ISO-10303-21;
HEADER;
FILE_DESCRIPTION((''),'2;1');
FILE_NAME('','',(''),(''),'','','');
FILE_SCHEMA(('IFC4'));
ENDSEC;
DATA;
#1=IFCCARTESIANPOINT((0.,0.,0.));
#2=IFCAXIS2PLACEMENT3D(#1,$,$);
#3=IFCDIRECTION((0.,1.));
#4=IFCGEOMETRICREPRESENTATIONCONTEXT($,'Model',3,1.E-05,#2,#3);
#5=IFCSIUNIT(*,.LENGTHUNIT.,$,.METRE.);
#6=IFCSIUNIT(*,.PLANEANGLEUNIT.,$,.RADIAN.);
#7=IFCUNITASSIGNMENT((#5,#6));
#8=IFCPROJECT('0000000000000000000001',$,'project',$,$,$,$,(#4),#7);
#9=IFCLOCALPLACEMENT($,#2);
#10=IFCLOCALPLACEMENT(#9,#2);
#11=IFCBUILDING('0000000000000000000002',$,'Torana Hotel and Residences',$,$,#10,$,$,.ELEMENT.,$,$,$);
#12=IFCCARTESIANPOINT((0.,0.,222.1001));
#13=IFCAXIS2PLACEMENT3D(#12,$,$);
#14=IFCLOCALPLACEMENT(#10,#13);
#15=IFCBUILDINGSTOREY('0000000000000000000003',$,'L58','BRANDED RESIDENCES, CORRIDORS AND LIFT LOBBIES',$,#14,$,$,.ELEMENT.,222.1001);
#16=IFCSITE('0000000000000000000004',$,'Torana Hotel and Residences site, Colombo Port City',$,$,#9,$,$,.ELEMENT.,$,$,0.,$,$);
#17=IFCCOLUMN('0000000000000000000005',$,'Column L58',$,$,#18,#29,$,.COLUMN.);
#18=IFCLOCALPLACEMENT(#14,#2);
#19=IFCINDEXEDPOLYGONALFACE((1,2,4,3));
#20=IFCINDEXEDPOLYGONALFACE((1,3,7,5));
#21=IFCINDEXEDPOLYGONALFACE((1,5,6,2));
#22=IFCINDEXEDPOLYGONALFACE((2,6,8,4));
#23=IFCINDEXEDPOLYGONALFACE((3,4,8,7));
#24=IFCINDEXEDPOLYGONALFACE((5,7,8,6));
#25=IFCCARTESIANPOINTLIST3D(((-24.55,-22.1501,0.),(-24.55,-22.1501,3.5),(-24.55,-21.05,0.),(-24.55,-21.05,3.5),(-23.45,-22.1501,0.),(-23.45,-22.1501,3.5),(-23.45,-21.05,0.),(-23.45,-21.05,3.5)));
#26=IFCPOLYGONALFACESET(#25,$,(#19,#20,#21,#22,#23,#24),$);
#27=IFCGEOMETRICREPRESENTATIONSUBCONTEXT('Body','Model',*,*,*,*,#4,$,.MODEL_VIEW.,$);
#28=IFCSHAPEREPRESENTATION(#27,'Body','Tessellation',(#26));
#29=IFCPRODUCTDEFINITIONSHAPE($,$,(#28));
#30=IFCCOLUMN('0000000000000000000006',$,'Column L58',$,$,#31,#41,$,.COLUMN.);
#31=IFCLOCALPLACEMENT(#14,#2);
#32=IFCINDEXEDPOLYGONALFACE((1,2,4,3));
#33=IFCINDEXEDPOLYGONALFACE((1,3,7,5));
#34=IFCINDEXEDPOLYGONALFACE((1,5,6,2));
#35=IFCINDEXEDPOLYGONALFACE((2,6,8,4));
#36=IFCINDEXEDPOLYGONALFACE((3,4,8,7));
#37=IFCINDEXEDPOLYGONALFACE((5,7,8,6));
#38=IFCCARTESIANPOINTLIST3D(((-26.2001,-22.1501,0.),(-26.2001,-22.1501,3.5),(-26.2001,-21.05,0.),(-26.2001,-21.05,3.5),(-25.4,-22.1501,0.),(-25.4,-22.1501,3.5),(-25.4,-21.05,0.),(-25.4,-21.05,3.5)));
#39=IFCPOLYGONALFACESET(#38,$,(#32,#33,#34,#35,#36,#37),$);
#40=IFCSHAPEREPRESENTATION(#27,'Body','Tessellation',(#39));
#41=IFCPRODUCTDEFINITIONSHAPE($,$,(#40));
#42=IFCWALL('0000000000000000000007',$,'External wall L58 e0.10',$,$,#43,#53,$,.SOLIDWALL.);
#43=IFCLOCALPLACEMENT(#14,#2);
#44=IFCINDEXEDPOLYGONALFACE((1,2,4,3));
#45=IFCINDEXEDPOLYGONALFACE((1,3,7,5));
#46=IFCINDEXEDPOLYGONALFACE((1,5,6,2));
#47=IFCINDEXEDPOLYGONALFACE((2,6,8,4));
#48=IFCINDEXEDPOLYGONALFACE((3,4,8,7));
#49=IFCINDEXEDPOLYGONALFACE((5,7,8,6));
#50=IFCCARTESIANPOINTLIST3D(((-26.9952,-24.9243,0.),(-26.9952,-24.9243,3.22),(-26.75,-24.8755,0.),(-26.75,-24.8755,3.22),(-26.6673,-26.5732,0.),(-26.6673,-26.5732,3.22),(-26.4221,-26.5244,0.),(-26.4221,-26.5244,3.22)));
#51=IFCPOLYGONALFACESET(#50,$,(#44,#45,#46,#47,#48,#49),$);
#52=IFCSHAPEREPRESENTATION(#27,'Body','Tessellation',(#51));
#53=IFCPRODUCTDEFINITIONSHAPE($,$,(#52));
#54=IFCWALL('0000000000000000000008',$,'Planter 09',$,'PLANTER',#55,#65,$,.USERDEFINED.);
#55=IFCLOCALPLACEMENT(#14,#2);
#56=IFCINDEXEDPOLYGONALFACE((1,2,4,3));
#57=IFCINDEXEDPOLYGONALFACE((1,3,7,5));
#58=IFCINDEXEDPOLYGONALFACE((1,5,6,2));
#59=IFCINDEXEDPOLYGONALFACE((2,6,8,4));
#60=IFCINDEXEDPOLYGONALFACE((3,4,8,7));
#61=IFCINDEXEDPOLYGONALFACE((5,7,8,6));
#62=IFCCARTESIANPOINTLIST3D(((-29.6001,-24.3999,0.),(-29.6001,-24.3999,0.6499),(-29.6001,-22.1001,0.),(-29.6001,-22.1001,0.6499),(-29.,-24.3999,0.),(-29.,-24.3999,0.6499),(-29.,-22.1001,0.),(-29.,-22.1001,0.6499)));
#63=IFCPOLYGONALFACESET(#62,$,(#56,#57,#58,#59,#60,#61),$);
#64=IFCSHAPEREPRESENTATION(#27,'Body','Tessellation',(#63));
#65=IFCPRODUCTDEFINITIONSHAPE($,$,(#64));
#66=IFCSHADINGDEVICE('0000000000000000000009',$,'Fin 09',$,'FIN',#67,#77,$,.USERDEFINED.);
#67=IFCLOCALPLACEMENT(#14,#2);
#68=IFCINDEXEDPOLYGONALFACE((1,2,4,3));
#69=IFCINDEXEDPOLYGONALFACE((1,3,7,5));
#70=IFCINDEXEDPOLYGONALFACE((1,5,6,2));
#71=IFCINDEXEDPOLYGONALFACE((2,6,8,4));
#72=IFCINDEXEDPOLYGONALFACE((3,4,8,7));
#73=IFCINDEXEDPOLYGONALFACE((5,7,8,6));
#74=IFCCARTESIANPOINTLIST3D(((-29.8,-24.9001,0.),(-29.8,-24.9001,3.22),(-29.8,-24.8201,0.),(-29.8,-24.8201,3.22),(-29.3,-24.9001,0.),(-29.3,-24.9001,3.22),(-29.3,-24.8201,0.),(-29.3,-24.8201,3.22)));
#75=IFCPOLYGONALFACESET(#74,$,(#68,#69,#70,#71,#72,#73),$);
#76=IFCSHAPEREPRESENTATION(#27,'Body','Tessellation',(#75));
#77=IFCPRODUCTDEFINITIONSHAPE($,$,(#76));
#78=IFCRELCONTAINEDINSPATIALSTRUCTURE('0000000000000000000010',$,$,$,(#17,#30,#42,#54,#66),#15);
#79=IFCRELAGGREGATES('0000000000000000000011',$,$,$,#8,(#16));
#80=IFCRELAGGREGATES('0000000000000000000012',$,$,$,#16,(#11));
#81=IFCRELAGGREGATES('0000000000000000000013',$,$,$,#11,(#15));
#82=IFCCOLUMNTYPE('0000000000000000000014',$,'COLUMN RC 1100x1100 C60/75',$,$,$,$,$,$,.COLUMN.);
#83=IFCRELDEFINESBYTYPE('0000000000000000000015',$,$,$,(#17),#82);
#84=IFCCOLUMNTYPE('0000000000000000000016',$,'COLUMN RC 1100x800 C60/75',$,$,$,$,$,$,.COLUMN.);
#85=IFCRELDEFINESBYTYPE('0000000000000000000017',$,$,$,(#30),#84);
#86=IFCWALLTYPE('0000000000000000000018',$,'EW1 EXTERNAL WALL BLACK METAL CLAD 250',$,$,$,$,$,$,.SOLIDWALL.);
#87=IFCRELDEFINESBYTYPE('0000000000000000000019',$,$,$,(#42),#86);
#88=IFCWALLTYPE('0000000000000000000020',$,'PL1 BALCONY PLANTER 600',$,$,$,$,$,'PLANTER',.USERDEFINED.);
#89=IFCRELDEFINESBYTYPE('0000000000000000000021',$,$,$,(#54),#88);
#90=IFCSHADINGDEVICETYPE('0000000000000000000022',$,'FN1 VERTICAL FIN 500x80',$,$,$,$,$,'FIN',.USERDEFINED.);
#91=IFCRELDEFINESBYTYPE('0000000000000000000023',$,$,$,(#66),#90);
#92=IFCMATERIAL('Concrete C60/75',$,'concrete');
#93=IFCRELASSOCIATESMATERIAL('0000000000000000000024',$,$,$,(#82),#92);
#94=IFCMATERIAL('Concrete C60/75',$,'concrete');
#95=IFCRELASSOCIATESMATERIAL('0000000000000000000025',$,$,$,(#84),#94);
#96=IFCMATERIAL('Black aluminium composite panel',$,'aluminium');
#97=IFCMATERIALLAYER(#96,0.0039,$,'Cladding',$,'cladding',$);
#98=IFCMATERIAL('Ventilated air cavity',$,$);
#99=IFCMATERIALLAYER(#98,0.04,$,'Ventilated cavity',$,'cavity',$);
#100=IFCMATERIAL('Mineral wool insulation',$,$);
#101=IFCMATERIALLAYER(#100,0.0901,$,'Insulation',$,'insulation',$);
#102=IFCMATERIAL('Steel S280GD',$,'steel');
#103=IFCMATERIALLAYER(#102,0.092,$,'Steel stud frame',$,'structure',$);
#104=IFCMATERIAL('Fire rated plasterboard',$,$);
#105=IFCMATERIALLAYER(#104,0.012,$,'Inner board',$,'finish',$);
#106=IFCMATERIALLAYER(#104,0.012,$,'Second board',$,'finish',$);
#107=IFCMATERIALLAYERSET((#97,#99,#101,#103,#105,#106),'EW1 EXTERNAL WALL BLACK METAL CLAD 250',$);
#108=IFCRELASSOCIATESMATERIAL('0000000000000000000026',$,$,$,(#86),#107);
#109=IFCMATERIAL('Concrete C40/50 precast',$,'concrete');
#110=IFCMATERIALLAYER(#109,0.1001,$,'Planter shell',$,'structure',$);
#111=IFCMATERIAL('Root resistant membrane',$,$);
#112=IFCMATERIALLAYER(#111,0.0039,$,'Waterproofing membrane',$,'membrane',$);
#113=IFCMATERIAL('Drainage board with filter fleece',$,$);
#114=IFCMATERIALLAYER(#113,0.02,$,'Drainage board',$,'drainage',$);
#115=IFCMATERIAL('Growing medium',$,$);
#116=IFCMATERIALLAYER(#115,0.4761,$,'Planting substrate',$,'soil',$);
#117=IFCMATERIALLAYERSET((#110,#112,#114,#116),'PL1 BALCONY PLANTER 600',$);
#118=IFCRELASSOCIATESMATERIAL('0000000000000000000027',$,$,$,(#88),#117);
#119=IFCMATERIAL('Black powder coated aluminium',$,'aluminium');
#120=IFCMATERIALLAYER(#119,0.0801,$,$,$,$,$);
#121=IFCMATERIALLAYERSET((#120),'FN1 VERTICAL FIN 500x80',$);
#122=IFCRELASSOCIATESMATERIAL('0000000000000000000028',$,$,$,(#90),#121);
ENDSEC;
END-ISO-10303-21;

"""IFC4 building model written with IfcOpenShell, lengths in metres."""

from ifc_helpers import new_model, si_unit, direction, frame, frame_2d, origin, origin_2d, place, context, subcontext, project, spatial, rectangle, extrude, material, layer, layer_set, material_profile, profile_set, type_object, element, save


model = new_model("IFC4")

# Units and contexts
model_context = context("Model", 3, precision=1e-05, world=origin(), true_north=direction((0.0, 1.0)))
body_context = subcontext(model_context, "Body", "Model", "MODEL_VIEW")
ifc_project = project(units=[si_unit("LENGTHUNIT", "METRE"), si_unit("PLANEANGLEUNIT", "RADIAN")], contexts=[model_context])

# Site, building, storey
site_placement = place(None, origin())
site = spatial("IfcSite", under=ifc_project, at=site_placement, Name="Torana Hotel and Residences site, Colombo Port City", CompositionType="ELEMENT", RefElevation=0.0)
building_placement = place(site_placement, origin())
building = spatial("IfcBuilding", under=site, at=building_placement, Name="Torana Hotel and Residences", CompositionType="ELEMENT")
storey_placement = place(building_placement, frame((0.0, 0.0, 222.1001)))
storey = spatial("IfcBuildingStorey", under=building, at=storey_placement, Name="L58", Description="BRANDED RESIDENCES, CORRIDORS AND LIFT LOBBIES", CompositionType="ELEMENT", Elevation=222.1001)

# Columns
ifc_material_1 = material(Name="Concrete C60/75", Category="concrete")
ifc_material_profile_1 = material_profile(ifc_material_1, rectangle(XDim=1.1001, YDim=1.1001, at=origin_2d()), Name="RC 1100x1100")
ifc_profile_set_1 = profile_set([ifc_material_profile_1], Name="Concrete C60/75")
column_type_1 = type_object("IfcColumnType", Name="COLUMN RC 1100x1100 C60/75", PredefinedType="COLUMN", material=ifc_profile_set_1)
column_1_placement = place(storey_placement, frame((-24.0, -21.6001, 0.0), z_axis=(0.0, 0.0, 1.0), x_axis=(1.0, 0.0, 0.0)))
element("IfcColumn", 1, at=column_1_placement, inside=storey, type_object=column_type_1, Name="Column L58", PredefinedType="COLUMN", context=body_context, shape_type="SweptSolid", body=[
    extrude(rectangle(XDim=1.1001, YDim=1.1001, at=origin_2d()), origin(), (0.0, 0.0, 1.0), 3.5),
])
ifc_material_2 = material(Name="Concrete C60/75", Category="concrete")
ifc_material_profile_2 = material_profile(ifc_material_2, rectangle(XDim=1.1001, YDim=0.8, at=origin_2d()), Name="RC 1100x800")
ifc_profile_set_2 = profile_set([ifc_material_profile_2], Name="Concrete C60/75")
column_type_2 = type_object("IfcColumnType", Name="COLUMN RC 1100x800 C60/75", PredefinedType="COLUMN", material=ifc_profile_set_2)
column_2_placement = place(storey_placement, frame((-25.8, -21.6001, 0.0), z_axis=(0.0, 0.0, 1.0), x_axis=(0.0, 1.0, 0.0)))
element("IfcColumn", 2, at=column_2_placement, inside=storey, type_object=column_type_2, Name="Column L58", PredefinedType="COLUMN", context=body_context, shape_type="SweptSolid", body=[
    extrude(rectangle(XDim=1.1001, YDim=0.8, at=origin_2d()), origin(), (0.0, 0.0, 1.0), 3.5),
])

# Walls
ifc_material_3 = material(Name="Black aluminium composite panel", Category="aluminium")
ifc_layer_1 = layer(ifc_material_3, 0.0039, Name="Cladding", Category="cladding")
ifc_material_4 = material(Name="Ventilated air cavity")
ifc_layer_2 = layer(ifc_material_4, 0.04, Name="Ventilated cavity", Category="cavity")
ifc_material_5 = material(Name="Mineral wool insulation")
ifc_layer_3 = layer(ifc_material_5, 0.0901, Name="Insulation", Category="insulation")
ifc_material_6 = material(Name="Steel S280GD", Category="steel")
ifc_layer_4 = layer(ifc_material_6, 0.092, Name="Steel stud frame", Category="structure")
ifc_material_7 = material(Name="Fire rated plasterboard")
ifc_layer_5 = layer(ifc_material_7, 0.012, Name="Inner board", Category="finish")
ifc_layer_6 = layer(ifc_material_7, 0.012, Name="Second board", Category="finish")
ifc_layer_set_1 = layer_set([ifc_layer_1, ifc_layer_2, ifc_layer_3, ifc_layer_4, ifc_layer_5, ifc_layer_6], Name="EW1 EXTERNAL WALL BLACK METAL CLAD 250")
wall_type_1 = type_object("IfcWallType", Name="EW1 EXTERNAL WALL BLACK METAL CLAD 250", PredefinedType="SOLIDWALL", material=ifc_layer_set_1)
wall_1_placement = place(storey_placement, frame((-26.8726, -24.8999, 0.0), z_axis=(0.0, 0.0, 1.0), x_axis=(0.195027, -0.980798, 0.0)))
element("IfcWall", 3, at=wall_1_placement, inside=storey, type_object=wall_type_1, Name="External wall L58 e0.10", PredefinedType="SOLIDWALL", context=body_context, shape_type="SweptSolid", body=[
    extrude(rectangle(XDim=1.6812, YDim=0.25, at=frame_2d((0.8406, 0.0))), origin(), (0.0, 0.0, 1.0), 3.22),
])
ifc_material_8 = material(Name="Concrete C40/50 precast", Category="concrete")
ifc_layer_7 = layer(ifc_material_8, 0.1001, Name="Planter shell", Category="structure")
ifc_material_9 = material(Name="Root resistant membrane")
ifc_layer_8 = layer(ifc_material_9, 0.0039, Name="Waterproofing membrane", Category="membrane")
ifc_material_10 = material(Name="Drainage board with filter fleece")
ifc_layer_9 = layer(ifc_material_10, 0.02, Name="Drainage board", Category="drainage")
ifc_material_11 = material(Name="Growing medium")
ifc_layer_10 = layer(ifc_material_11, 0.4761, Name="Planting substrate", Category="soil")
ifc_layer_set_2 = layer_set([ifc_layer_7, ifc_layer_8, ifc_layer_9, ifc_layer_10], Name="PL1 BALCONY PLANTER 600")
wall_type_2 = type_object("IfcWallType", Name="PL1 BALCONY PLANTER 600", ElementType="PLANTER", PredefinedType="USERDEFINED", material=ifc_layer_set_2)
wall_2_placement = place(storey_placement, frame((-29.3, -24.3999, 0.0), z_axis=(0.0, 0.0, 1.0), x_axis=(0.0, 1.0, 0.0)))
element("IfcWall", 4, at=wall_2_placement, inside=storey, type_object=wall_type_2, Name="Planter 09", ObjectType="PLANTER", PredefinedType="USERDEFINED", context=body_context, shape_type="SweptSolid", body=[
    extrude(rectangle(XDim=2.2998, YDim=0.6001, at=frame_2d((1.1499, 0.0))), origin(), (0.0, 0.0, 1.0), 0.6499),
])

# Shading device
ifc_material_12 = material(Name="Black powder coated aluminium", Category="aluminium")
ifc_layer_11 = layer(ifc_material_12, 0.0801)
ifc_layer_set_3 = layer_set([ifc_layer_11], Name="FN1 VERTICAL FIN 500x80")
shading_device_type = type_object("IfcShadingDeviceType", Name="FN1 VERTICAL FIN 500x80", ElementType="FIN", PredefinedType="USERDEFINED", material=ifc_layer_set_3)
shading_device_placement = place(storey_placement, frame((-29.55, -24.8601, 0.0), z_axis=(0.0, 0.0, 1.0), x_axis=(0.0, 1.0, 0.0)))
element("IfcShadingDevice", 5, at=shading_device_placement, inside=storey, type_object=shading_device_type, Name="Fin 09", ObjectType="FIN", PredefinedType="USERDEFINED", context=body_context, shape_type="SweptSolid", body=[
    extrude(rectangle(XDim=0.0801, YDim=0.5, at=origin_2d()), origin(), (0.0, 0.0, 1.0), 3.22),
])

save(model, "model.ifc")
